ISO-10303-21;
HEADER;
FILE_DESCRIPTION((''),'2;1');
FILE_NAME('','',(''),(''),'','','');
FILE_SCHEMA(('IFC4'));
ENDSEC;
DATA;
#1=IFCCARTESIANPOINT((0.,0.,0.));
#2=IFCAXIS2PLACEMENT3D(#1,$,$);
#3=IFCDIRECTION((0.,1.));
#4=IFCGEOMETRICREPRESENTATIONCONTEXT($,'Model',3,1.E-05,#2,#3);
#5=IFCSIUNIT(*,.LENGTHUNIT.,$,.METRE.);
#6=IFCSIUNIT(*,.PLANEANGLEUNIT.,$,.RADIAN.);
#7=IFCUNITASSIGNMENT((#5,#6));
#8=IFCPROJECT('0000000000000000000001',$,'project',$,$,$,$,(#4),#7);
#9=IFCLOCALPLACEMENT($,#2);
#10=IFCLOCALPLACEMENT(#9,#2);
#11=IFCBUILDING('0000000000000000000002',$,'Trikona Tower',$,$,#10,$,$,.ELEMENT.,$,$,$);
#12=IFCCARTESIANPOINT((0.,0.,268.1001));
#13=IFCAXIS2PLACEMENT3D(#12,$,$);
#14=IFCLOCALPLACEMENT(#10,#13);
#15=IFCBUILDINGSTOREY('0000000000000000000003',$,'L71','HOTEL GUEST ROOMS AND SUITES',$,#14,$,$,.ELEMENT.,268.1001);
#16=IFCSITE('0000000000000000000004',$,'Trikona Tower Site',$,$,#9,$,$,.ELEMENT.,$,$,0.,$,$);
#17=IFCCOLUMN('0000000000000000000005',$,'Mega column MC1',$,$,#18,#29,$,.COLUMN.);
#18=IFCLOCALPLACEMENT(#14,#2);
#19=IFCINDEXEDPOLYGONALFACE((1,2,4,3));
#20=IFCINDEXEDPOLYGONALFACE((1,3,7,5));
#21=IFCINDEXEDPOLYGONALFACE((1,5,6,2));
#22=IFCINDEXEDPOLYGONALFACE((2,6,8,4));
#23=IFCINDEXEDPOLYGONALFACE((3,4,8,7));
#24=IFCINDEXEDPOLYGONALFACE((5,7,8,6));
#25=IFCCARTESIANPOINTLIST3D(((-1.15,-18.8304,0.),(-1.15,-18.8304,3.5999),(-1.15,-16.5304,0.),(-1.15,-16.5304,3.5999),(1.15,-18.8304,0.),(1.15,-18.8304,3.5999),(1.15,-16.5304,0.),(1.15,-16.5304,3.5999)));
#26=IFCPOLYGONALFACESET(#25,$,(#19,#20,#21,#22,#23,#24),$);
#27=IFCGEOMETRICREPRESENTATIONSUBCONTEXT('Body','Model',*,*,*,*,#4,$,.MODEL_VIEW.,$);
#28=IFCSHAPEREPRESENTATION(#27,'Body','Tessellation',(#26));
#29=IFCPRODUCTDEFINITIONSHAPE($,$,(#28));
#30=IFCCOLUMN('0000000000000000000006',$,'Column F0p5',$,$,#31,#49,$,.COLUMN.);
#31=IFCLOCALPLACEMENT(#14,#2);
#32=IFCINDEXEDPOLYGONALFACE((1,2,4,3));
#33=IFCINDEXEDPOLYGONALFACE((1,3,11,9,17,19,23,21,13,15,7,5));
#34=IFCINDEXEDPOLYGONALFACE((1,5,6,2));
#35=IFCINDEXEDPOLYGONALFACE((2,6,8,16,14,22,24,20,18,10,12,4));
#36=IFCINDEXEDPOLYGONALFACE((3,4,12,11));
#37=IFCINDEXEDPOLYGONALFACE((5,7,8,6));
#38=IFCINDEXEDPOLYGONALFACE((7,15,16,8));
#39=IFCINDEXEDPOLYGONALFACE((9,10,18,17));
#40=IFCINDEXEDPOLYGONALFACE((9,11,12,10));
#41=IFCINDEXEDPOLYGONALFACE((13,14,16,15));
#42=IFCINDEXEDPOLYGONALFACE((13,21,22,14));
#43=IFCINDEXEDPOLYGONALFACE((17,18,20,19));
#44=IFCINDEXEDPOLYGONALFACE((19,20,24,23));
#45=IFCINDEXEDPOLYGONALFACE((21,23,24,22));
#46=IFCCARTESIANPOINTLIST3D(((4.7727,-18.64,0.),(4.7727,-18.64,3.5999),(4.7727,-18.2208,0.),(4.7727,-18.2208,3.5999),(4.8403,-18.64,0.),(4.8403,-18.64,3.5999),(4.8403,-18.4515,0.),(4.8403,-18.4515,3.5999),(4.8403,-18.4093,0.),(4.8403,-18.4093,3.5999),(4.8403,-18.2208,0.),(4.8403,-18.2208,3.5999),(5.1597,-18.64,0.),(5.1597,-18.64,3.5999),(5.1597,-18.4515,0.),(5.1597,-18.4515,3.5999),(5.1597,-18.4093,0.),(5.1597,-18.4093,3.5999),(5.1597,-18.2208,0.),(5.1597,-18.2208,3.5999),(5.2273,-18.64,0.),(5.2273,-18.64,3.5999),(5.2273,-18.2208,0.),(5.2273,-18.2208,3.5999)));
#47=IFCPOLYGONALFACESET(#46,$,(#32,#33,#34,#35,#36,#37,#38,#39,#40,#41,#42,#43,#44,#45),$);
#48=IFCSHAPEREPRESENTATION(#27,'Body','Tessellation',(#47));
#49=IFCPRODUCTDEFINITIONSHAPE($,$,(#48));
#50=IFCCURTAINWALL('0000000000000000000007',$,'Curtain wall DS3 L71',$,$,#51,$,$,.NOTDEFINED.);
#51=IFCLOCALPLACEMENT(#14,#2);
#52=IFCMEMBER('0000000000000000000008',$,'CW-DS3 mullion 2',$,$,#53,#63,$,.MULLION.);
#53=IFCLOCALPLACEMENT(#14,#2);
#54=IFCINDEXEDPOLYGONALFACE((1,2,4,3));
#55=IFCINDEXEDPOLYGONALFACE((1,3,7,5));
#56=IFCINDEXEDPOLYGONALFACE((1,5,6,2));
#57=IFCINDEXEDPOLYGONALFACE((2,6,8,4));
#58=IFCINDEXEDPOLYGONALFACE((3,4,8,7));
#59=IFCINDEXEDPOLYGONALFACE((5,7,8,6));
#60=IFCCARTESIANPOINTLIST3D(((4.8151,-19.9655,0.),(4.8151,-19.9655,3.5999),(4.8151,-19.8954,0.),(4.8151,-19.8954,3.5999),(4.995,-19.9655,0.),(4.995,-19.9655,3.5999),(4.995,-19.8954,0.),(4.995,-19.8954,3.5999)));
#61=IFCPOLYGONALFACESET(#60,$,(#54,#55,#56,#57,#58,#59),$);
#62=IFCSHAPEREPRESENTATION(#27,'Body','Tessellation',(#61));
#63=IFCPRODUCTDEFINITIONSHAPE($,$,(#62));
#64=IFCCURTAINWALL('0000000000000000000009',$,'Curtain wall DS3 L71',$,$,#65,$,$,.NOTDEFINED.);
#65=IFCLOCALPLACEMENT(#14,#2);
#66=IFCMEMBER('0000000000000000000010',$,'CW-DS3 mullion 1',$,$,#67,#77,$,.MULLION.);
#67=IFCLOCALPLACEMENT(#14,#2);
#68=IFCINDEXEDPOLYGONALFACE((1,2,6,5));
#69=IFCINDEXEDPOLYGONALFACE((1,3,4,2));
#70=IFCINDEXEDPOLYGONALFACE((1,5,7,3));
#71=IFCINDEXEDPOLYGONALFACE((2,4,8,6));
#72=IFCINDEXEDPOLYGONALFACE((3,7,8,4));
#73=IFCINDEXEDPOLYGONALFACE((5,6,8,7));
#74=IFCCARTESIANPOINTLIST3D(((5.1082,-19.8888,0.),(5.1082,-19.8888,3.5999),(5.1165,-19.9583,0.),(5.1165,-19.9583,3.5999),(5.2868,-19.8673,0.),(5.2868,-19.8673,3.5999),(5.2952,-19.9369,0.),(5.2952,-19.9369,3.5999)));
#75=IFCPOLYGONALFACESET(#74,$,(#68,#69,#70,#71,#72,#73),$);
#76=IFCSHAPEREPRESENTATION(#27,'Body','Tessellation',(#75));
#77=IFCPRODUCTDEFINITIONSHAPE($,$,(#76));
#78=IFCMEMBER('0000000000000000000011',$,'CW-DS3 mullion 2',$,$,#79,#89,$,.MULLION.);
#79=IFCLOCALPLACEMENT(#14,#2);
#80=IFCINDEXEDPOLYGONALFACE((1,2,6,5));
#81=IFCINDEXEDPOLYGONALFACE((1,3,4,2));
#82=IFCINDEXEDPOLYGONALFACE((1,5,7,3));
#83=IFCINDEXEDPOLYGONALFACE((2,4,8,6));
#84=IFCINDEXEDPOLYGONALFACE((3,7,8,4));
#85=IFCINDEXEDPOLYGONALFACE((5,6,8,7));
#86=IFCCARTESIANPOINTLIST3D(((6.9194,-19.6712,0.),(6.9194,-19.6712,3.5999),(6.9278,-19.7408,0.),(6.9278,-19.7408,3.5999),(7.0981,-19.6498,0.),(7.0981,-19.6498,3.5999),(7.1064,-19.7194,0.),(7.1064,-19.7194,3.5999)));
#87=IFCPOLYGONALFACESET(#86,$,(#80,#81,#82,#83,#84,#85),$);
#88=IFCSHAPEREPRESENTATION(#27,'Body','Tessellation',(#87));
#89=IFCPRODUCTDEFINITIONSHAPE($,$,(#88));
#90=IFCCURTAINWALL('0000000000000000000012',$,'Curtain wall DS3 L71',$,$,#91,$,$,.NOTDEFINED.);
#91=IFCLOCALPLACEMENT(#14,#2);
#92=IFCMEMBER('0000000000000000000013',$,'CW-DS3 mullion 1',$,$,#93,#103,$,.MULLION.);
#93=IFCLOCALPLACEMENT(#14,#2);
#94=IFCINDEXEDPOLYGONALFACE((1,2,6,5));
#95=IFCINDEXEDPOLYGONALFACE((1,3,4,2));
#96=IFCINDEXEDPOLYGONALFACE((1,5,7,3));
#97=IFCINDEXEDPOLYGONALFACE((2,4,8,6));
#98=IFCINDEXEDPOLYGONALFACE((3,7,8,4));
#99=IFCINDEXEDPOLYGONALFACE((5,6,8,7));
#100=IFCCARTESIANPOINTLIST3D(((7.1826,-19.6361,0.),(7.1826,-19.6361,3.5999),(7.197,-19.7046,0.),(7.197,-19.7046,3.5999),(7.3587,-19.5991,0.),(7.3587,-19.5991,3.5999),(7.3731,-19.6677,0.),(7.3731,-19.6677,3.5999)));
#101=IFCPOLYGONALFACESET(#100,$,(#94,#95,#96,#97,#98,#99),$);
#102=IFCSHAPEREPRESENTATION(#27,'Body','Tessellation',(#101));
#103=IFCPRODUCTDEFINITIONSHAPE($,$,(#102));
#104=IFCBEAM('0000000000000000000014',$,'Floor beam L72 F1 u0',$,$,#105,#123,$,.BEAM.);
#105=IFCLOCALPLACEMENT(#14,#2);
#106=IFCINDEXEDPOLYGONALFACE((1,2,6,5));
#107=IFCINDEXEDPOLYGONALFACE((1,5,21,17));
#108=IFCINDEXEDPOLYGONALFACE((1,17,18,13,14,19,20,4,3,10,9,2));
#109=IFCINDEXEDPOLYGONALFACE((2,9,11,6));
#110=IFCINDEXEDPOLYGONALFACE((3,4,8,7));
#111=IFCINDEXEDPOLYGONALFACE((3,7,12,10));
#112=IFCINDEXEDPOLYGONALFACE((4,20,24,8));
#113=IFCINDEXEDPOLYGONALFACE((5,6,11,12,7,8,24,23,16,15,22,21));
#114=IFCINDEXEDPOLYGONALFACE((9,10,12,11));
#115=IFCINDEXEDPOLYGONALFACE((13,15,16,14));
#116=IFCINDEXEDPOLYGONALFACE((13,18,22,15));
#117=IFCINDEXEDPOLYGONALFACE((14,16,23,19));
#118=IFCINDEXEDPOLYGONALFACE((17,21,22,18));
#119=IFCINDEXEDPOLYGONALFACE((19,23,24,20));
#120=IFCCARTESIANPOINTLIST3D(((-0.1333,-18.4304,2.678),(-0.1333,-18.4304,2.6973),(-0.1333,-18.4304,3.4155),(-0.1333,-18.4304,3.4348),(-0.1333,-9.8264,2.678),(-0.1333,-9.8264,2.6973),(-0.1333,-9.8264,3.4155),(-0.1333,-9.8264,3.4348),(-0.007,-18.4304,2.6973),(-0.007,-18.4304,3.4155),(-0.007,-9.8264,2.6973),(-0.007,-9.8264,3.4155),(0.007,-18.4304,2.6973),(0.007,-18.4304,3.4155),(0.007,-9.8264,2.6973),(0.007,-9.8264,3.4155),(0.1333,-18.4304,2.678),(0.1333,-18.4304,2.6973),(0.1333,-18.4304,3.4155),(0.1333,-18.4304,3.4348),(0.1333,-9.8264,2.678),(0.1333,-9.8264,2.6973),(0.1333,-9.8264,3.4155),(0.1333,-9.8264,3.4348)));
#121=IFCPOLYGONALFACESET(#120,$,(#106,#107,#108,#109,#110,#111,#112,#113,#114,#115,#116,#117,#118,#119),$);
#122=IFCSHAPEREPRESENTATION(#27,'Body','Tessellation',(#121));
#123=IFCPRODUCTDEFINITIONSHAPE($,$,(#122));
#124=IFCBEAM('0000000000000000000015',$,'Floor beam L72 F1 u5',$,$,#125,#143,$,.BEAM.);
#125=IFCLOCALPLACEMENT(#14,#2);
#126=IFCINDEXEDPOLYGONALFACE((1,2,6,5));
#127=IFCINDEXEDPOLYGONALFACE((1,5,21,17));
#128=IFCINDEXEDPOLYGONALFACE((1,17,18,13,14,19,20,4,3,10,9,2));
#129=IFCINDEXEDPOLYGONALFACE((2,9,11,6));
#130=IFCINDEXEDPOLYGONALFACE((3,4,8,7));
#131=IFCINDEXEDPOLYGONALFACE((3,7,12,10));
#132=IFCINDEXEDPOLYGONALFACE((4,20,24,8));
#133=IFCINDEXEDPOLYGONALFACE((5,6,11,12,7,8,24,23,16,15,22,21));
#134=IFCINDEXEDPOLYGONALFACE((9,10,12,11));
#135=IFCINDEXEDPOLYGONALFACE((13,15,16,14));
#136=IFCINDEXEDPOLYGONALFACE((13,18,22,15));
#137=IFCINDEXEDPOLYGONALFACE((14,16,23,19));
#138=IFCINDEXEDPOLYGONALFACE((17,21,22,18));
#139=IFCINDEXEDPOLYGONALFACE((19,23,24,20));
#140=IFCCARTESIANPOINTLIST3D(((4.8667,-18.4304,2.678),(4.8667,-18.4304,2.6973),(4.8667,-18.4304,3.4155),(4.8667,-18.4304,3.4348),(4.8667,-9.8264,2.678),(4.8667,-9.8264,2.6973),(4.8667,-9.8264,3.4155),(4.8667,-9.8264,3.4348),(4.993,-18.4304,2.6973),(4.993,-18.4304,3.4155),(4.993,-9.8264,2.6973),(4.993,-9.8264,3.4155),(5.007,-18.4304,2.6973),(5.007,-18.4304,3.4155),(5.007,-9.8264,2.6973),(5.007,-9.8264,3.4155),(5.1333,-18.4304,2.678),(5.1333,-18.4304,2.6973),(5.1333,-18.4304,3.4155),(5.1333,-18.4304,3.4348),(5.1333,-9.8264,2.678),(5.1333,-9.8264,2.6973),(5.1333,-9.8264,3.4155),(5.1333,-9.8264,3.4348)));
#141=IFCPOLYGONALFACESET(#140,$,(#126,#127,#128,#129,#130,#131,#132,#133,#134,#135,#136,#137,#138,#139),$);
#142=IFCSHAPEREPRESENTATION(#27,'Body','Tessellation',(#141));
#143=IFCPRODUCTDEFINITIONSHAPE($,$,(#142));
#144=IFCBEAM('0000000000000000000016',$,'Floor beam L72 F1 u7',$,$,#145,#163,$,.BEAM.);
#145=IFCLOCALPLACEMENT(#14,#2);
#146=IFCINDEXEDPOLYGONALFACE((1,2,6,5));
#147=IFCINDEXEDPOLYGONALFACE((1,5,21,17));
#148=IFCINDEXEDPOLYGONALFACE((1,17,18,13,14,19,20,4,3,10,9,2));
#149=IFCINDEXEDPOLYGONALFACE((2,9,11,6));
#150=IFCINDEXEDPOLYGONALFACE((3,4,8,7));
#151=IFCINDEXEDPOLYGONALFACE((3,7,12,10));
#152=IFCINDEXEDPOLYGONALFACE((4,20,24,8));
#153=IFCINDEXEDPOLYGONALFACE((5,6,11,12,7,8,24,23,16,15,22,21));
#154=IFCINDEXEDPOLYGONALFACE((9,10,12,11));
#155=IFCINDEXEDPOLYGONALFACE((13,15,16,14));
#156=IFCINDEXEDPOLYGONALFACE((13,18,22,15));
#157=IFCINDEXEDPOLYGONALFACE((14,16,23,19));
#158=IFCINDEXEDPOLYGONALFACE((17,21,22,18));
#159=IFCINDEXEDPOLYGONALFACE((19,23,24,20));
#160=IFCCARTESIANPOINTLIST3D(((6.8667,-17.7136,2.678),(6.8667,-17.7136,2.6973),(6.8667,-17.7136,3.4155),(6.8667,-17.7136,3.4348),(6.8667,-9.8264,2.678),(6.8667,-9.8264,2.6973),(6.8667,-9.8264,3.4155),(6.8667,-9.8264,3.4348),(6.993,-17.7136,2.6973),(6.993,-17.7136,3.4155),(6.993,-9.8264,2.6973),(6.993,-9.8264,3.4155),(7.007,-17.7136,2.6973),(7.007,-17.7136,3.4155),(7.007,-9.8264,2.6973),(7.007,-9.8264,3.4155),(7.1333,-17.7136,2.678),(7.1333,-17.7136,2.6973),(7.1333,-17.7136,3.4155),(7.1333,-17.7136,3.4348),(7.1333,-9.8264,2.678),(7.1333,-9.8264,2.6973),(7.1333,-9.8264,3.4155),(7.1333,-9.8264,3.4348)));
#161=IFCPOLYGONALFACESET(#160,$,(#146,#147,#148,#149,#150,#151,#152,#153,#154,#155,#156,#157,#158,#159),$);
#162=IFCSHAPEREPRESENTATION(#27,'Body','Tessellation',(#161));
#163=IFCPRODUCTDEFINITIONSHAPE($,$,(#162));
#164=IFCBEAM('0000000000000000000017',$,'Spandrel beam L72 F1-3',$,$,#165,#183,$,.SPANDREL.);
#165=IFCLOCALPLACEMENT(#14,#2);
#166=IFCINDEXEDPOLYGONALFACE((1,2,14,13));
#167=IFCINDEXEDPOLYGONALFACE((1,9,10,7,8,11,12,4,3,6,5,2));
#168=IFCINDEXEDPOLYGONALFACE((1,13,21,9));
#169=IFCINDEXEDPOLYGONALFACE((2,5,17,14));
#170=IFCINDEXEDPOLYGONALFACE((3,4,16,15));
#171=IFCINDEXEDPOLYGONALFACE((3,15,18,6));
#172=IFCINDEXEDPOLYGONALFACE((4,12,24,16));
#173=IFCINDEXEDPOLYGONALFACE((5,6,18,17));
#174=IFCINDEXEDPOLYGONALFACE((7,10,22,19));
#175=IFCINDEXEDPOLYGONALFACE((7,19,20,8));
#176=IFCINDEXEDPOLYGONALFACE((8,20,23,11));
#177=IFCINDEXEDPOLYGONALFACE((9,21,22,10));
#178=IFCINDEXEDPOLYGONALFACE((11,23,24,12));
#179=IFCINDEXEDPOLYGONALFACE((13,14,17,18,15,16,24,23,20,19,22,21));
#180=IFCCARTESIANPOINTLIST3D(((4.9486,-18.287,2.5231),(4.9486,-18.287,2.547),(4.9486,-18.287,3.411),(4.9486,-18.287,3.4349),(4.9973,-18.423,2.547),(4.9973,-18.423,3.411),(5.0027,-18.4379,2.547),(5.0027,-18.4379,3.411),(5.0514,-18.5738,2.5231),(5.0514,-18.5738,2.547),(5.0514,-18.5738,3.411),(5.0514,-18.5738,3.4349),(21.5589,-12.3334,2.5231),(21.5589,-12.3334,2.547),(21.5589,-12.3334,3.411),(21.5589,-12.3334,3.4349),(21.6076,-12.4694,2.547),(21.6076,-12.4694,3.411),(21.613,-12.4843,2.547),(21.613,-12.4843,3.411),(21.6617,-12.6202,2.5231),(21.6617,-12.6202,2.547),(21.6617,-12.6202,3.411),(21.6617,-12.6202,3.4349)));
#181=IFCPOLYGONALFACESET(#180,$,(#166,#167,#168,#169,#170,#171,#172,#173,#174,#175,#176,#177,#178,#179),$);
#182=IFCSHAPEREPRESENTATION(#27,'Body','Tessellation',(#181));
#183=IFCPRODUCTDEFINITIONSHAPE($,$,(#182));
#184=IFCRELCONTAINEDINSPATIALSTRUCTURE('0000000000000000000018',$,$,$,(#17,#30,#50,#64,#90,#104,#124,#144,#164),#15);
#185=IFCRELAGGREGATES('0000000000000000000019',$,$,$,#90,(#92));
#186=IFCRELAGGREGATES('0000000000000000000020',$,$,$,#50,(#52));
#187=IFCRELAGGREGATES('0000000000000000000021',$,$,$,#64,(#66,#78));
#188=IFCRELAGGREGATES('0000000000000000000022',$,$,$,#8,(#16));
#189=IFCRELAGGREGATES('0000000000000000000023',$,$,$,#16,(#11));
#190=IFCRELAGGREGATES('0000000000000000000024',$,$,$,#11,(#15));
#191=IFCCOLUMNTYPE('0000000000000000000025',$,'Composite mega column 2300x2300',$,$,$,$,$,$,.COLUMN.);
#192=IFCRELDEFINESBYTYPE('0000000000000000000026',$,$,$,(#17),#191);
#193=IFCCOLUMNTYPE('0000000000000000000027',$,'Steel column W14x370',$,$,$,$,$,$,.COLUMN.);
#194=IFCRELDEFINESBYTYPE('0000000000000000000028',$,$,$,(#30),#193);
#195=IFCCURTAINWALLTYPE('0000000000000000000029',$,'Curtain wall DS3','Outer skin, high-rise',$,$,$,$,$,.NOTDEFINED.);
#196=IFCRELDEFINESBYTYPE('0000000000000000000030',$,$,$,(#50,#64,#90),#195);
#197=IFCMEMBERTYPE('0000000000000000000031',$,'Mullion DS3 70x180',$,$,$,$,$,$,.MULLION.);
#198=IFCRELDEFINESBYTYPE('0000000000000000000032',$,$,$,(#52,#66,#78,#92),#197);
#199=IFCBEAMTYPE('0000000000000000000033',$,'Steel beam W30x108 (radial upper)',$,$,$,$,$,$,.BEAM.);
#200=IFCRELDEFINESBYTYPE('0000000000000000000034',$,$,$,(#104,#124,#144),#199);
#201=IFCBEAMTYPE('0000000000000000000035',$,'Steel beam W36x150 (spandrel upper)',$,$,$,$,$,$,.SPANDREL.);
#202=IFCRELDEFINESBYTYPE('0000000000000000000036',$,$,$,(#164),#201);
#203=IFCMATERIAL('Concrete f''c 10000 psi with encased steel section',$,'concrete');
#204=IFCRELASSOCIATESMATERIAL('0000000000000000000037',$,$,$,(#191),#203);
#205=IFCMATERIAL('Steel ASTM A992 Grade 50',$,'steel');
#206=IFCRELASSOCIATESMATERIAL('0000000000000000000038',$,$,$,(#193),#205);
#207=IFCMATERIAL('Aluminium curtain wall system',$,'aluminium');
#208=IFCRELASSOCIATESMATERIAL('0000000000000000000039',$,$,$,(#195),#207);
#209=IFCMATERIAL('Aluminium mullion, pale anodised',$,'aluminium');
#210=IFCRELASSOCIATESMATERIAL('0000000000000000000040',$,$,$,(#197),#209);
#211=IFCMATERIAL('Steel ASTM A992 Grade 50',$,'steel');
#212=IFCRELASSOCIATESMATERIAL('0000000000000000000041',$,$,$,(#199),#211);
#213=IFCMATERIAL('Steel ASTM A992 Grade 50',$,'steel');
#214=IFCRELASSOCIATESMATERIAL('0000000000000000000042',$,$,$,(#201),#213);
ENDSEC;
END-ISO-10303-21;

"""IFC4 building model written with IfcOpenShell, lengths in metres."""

from ifc_helpers import new_model, si_unit, direction, frame, origin, origin_2d, place, context, subcontext, project, spatial, rectangle, i_section, extrude, material, material_profile, profile_set, type_object, element, aggregate, save


model = new_model("IFC4")

# Units and contexts
model_context = context("Model", 3, precision=1e-05, world=origin(), true_north=direction((0.0, 1.0)))
body_context = subcontext(model_context, "Body", "Model", "MODEL_VIEW")
ifc_project = project(units=[si_unit("LENGTHUNIT", "METRE"), si_unit("PLANEANGLEUNIT", "RADIAN")], contexts=[model_context])

# Site, building, storey
site_placement = place(None, origin())
site = spatial("IfcSite", under=ifc_project, at=site_placement, Name="Trikona Tower Site", CompositionType="ELEMENT", RefElevation=0.0)
building_placement = place(site_placement, origin())
building = spatial("IfcBuilding", under=site, at=building_placement, Name="Trikona Tower", CompositionType="ELEMENT")
storey_placement = place(building_placement, frame((0.0, 0.0, 268.1001)))
storey = spatial("IfcBuildingStorey", under=building, at=storey_placement, Name="L71", Description="HOTEL GUEST ROOMS AND SUITES", CompositionType="ELEMENT", Elevation=268.1001)

# Columns
ifc_material_1 = material(Name="Concrete f'c 10000 psi with encased steel section", Category="concrete")
ifc_material_profile_1 = material_profile(ifc_material_1, rectangle(XDim=2.3, YDim=2.3, at=origin_2d()), Name="MC2300")
ifc_profile_set_1 = profile_set([ifc_material_profile_1], Name="Concrete f'c 10000 psi with encased steel section")
column_type_1 = type_object("IfcColumnType", Name="Composite mega column 2300x2300", PredefinedType="COLUMN", material=ifc_profile_set_1)
column_1_placement = place(storey_placement, frame((0.0, -17.6804, 0.0), z_axis=(0.0, 0.0, 1.0), x_axis=(0.0, -1.0, 0.0)))
element("IfcColumn", 1, at=column_1_placement, inside=storey, type_object=column_type_1, Name="Mega column MC1", PredefinedType="COLUMN", context=body_context, shape_type="SweptSolid", body=[
    extrude(rectangle(XDim=2.3, YDim=2.3, at=origin_2d()), origin(), (0.0, 0.0, 1.0), 3.5999),
])
ifc_material_2 = material(Name="Steel ASTM A992 Grade 50", Category="steel")
ifc_material_profile_2 = material_profile(ifc_material_2, i_section(OverallWidth=0.4192, OverallDepth=0.4546, WebThickness=0.0422, FlangeThickness=0.0676, at=origin_2d()), Name="W14X370")
ifc_profile_set_2 = profile_set([ifc_material_profile_2], Name="Steel ASTM A992 Grade 50")
column_type_2 = type_object("IfcColumnType", Name="Steel column W14x370", PredefinedType="COLUMN", material=ifc_profile_set_2)
column_2_placement = place(storey_placement, frame((5.0, -18.4304, 0.0), z_axis=(0.0, 0.0, 1.0), x_axis=(0.0, -1.0, 0.0)))
element("IfcColumn", 2, at=column_2_placement, inside=storey, type_object=column_type_2, Name="Column F0p5", PredefinedType="COLUMN", context=body_context, shape_type="SweptSolid", body=[
    extrude(i_section(OverallWidth=0.4192, OverallDepth=0.4546, WebThickness=0.0422, FlangeThickness=0.0676, at=origin_2d()), origin(), (0.0, 0.0, 1.0), 3.5999),
])

# Curtain wall, member
ifc_material_3 = material(Name="Aluminium curtain wall system", Category="aluminium")
curtain_wall_type = type_object("IfcCurtainWallType", Name="Curtain wall DS3", Description="Outer skin, high-rise", PredefinedType="NOTDEFINED", material=ifc_material_3)
curtain_wall_1_placement = place(storey_placement, origin())
curtain_wall_1 = element("IfcCurtainWall", 3, at=curtain_wall_1_placement, inside=storey, type_object=curtain_wall_type, Name="Curtain wall DS3 L71", PredefinedType="NOTDEFINED")
ifc_material_4 = material(Name="Aluminium mullion, pale anodised", Category="aluminium")
ifc_material_profile_3 = material_profile(ifc_material_4, rectangle(XDim=0.0701, YDim=0.1799, at=origin_2d()), Name="MUL-DS3")
ifc_profile_set_3 = profile_set([ifc_material_profile_3], Name="Aluminium mullion, pale anodised")
member_type_1 = type_object("IfcMemberType", Name="Mullion DS3 70x180", PredefinedType="MULLION", material=ifc_profile_set_3)
member_1_placement = place(storey_placement, frame((4.905, -19.9304, 0.0), z_axis=(0.0, 0.0, 1.0), x_axis=(0.0, 1.0, 0.0)))
member_1 = element("IfcMember", 4, at=member_1_placement, type_object=member_type_1, Name="CW-DS3 mullion 2", PredefinedType="MULLION", context=body_context, shape_type="SweptSolid", body=[
    extrude(rectangle(XDim=0.0701, YDim=0.1799, at=origin_2d()), origin(), (0.0, 0.0, 1.0), 3.5999),
])

# Curtain wall, members
curtain_wall_2_placement = place(storey_placement, origin())
curtain_wall_2 = element("IfcCurtainWall", 5, at=curtain_wall_2_placement, inside=storey, type_object=curtain_wall_type, Name="Curtain wall DS3 L71", PredefinedType="NOTDEFINED")
member_2_placement = place(storey_placement, frame((5.2017, -19.9128, 0.0), z_axis=(0.0, 0.0, 1.0), x_axis=(-0.119141, 0.992877, 0.0)))
member_2 = element("IfcMember", 6, at=member_2_placement, type_object=member_type_1, Name="CW-DS3 mullion 1", PredefinedType="MULLION", context=body_context, shape_type="SweptSolid", body=[
    extrude(rectangle(XDim=0.0701, YDim=0.1799, at=origin_2d()), origin(), (0.0, 0.0, 1.0), 3.5999),
])
member_3_placement = place(storey_placement, frame((7.0129, -19.6953, 0.0), z_axis=(0.0, 0.0, 1.0), x_axis=(-0.119141, 0.992877, 0.0)))
member_3 = element("IfcMember", 7, at=member_3_placement, type_object=member_type_1, Name="CW-DS3 mullion 2", PredefinedType="MULLION", context=body_context, shape_type="SweptSolid", body=[
    extrude(rectangle(XDim=0.0701, YDim=0.1799, at=origin_2d()), origin(), (0.0, 0.0, 1.0), 3.5999),
])

# Curtain wall, member
curtain_wall_3_placement = place(storey_placement, origin())
curtain_wall_3 = element("IfcCurtainWall", 8, at=curtain_wall_3_placement, inside=storey, type_object=curtain_wall_type, Name="Curtain wall DS3 L71", PredefinedType="NOTDEFINED")
member_4_placement = place(storey_placement, frame((7.2778, -19.6519, 0.0), z_axis=(0.0, 0.0, 1.0), x_axis=(-0.205527, 0.978651, 0.0)))
member_4 = element("IfcMember", 9, at=member_4_placement, type_object=member_type_1, Name="CW-DS3 mullion 1", PredefinedType="MULLION", context=body_context, shape_type="SweptSolid", body=[
    extrude(rectangle(XDim=0.0701, YDim=0.1799, at=origin_2d()), origin(), (0.0, 0.0, 1.0), 3.5999),
])

# Beams
ifc_material_5 = material(Name="Steel ASTM A992 Grade 50", Category="steel")
ifc_material_profile_4 = material_profile(ifc_material_5, i_section(OverallWidth=0.2666, OverallDepth=0.7568, WebThickness=0.0139, FlangeThickness=0.0193, at=origin_2d()), Name="W30X108")
ifc_profile_set_4 = profile_set([ifc_material_profile_4], Name="Steel ASTM A992 Grade 50")
beam_type_1 = type_object("IfcBeamType", Name="Steel beam W30x108 (radial upper)", PredefinedType="BEAM", material=ifc_profile_set_4)
for number, where, z_axis, x_axis, name in (
    (10, (0.0, -9.8264, 3.0564), (0.0, -1.0, 0.0), (1.0, 0.0, 0.0), "Floor beam L72 F1 u0"),
    (11, (5.0, -9.8264, 3.0564), (0.0, -1.0, 0.0), (1.0, 0.0, 0.0), "Floor beam L72 F1 u5"),
):
    element("IfcBeam", number, at=place(storey_placement, frame(where, z_axis=z_axis, x_axis=x_axis)), inside=storey, type_object=beam_type_1, Name=name, PredefinedType="BEAM", context=body_context, shape_type="SweptSolid", body=[
        extrude(i_section(OverallWidth=0.2666, OverallDepth=0.7568, WebThickness=0.0139, FlangeThickness=0.0193, at=origin_2d()), origin(), (0.0, 0.0, 1.0), 8.604),
    ])
beam_1_placement = place(storey_placement, frame((7.0, -9.8264, 3.0564), z_axis=(0.0, -1.0, 0.0), x_axis=(1.0, 0.0, 0.0)))
element("IfcBeam", 12, at=beam_1_placement, inside=storey, type_object=beam_type_1, Name="Floor beam L72 F1 u7", PredefinedType="BEAM", context=body_context, shape_type="SweptSolid", body=[
    extrude(i_section(OverallWidth=0.2666, OverallDepth=0.7568, WebThickness=0.0139, FlangeThickness=0.0193, at=origin_2d()), origin(), (0.0, 0.0, 1.0), 7.8872),
])
ifc_material_6 = material(Name="Steel ASTM A992 Grade 50", Category="steel")
ifc_material_profile_5 = material_profile(ifc_material_6, i_section(OverallWidth=0.3047, OverallDepth=0.9119, WebThickness=0.0159, FlangeThickness=0.0239, at=origin_2d()), Name="W36X150")
ifc_profile_set_5 = profile_set([ifc_material_profile_5], Name="Steel ASTM A992 Grade 50")
beam_type_2 = type_object("IfcBeamType", Name="Steel beam W36x150 (spandrel upper)", PredefinedType="SPANDREL", material=ifc_profile_set_5)
beam_2_placement = place(storey_placement, frame((5.0, -18.4304, 2.979), z_axis=(0.941358, 0.337409, 0.0), x_axis=(-0.337409, 0.941358, 0.0)))
element("IfcBeam", 13, at=beam_2_placement, inside=storey, type_object=beam_type_2, Name="Spandrel beam L72 F1-3", PredefinedType="SPANDREL", context=body_context, shape_type="SweptSolid", body=[
    extrude(i_section(OverallWidth=0.3047, OverallDepth=0.9119, WebThickness=0.0159, FlangeThickness=0.0239, at=origin_2d()), origin(), (0.0, 0.0, 1.0), 17.645),
])

aggregate(curtain_wall_3, [member_4])

aggregate(curtain_wall_1, [member_1])
aggregate(curtain_wall_2, [member_2, member_3])

save(model, "model.ifc")
